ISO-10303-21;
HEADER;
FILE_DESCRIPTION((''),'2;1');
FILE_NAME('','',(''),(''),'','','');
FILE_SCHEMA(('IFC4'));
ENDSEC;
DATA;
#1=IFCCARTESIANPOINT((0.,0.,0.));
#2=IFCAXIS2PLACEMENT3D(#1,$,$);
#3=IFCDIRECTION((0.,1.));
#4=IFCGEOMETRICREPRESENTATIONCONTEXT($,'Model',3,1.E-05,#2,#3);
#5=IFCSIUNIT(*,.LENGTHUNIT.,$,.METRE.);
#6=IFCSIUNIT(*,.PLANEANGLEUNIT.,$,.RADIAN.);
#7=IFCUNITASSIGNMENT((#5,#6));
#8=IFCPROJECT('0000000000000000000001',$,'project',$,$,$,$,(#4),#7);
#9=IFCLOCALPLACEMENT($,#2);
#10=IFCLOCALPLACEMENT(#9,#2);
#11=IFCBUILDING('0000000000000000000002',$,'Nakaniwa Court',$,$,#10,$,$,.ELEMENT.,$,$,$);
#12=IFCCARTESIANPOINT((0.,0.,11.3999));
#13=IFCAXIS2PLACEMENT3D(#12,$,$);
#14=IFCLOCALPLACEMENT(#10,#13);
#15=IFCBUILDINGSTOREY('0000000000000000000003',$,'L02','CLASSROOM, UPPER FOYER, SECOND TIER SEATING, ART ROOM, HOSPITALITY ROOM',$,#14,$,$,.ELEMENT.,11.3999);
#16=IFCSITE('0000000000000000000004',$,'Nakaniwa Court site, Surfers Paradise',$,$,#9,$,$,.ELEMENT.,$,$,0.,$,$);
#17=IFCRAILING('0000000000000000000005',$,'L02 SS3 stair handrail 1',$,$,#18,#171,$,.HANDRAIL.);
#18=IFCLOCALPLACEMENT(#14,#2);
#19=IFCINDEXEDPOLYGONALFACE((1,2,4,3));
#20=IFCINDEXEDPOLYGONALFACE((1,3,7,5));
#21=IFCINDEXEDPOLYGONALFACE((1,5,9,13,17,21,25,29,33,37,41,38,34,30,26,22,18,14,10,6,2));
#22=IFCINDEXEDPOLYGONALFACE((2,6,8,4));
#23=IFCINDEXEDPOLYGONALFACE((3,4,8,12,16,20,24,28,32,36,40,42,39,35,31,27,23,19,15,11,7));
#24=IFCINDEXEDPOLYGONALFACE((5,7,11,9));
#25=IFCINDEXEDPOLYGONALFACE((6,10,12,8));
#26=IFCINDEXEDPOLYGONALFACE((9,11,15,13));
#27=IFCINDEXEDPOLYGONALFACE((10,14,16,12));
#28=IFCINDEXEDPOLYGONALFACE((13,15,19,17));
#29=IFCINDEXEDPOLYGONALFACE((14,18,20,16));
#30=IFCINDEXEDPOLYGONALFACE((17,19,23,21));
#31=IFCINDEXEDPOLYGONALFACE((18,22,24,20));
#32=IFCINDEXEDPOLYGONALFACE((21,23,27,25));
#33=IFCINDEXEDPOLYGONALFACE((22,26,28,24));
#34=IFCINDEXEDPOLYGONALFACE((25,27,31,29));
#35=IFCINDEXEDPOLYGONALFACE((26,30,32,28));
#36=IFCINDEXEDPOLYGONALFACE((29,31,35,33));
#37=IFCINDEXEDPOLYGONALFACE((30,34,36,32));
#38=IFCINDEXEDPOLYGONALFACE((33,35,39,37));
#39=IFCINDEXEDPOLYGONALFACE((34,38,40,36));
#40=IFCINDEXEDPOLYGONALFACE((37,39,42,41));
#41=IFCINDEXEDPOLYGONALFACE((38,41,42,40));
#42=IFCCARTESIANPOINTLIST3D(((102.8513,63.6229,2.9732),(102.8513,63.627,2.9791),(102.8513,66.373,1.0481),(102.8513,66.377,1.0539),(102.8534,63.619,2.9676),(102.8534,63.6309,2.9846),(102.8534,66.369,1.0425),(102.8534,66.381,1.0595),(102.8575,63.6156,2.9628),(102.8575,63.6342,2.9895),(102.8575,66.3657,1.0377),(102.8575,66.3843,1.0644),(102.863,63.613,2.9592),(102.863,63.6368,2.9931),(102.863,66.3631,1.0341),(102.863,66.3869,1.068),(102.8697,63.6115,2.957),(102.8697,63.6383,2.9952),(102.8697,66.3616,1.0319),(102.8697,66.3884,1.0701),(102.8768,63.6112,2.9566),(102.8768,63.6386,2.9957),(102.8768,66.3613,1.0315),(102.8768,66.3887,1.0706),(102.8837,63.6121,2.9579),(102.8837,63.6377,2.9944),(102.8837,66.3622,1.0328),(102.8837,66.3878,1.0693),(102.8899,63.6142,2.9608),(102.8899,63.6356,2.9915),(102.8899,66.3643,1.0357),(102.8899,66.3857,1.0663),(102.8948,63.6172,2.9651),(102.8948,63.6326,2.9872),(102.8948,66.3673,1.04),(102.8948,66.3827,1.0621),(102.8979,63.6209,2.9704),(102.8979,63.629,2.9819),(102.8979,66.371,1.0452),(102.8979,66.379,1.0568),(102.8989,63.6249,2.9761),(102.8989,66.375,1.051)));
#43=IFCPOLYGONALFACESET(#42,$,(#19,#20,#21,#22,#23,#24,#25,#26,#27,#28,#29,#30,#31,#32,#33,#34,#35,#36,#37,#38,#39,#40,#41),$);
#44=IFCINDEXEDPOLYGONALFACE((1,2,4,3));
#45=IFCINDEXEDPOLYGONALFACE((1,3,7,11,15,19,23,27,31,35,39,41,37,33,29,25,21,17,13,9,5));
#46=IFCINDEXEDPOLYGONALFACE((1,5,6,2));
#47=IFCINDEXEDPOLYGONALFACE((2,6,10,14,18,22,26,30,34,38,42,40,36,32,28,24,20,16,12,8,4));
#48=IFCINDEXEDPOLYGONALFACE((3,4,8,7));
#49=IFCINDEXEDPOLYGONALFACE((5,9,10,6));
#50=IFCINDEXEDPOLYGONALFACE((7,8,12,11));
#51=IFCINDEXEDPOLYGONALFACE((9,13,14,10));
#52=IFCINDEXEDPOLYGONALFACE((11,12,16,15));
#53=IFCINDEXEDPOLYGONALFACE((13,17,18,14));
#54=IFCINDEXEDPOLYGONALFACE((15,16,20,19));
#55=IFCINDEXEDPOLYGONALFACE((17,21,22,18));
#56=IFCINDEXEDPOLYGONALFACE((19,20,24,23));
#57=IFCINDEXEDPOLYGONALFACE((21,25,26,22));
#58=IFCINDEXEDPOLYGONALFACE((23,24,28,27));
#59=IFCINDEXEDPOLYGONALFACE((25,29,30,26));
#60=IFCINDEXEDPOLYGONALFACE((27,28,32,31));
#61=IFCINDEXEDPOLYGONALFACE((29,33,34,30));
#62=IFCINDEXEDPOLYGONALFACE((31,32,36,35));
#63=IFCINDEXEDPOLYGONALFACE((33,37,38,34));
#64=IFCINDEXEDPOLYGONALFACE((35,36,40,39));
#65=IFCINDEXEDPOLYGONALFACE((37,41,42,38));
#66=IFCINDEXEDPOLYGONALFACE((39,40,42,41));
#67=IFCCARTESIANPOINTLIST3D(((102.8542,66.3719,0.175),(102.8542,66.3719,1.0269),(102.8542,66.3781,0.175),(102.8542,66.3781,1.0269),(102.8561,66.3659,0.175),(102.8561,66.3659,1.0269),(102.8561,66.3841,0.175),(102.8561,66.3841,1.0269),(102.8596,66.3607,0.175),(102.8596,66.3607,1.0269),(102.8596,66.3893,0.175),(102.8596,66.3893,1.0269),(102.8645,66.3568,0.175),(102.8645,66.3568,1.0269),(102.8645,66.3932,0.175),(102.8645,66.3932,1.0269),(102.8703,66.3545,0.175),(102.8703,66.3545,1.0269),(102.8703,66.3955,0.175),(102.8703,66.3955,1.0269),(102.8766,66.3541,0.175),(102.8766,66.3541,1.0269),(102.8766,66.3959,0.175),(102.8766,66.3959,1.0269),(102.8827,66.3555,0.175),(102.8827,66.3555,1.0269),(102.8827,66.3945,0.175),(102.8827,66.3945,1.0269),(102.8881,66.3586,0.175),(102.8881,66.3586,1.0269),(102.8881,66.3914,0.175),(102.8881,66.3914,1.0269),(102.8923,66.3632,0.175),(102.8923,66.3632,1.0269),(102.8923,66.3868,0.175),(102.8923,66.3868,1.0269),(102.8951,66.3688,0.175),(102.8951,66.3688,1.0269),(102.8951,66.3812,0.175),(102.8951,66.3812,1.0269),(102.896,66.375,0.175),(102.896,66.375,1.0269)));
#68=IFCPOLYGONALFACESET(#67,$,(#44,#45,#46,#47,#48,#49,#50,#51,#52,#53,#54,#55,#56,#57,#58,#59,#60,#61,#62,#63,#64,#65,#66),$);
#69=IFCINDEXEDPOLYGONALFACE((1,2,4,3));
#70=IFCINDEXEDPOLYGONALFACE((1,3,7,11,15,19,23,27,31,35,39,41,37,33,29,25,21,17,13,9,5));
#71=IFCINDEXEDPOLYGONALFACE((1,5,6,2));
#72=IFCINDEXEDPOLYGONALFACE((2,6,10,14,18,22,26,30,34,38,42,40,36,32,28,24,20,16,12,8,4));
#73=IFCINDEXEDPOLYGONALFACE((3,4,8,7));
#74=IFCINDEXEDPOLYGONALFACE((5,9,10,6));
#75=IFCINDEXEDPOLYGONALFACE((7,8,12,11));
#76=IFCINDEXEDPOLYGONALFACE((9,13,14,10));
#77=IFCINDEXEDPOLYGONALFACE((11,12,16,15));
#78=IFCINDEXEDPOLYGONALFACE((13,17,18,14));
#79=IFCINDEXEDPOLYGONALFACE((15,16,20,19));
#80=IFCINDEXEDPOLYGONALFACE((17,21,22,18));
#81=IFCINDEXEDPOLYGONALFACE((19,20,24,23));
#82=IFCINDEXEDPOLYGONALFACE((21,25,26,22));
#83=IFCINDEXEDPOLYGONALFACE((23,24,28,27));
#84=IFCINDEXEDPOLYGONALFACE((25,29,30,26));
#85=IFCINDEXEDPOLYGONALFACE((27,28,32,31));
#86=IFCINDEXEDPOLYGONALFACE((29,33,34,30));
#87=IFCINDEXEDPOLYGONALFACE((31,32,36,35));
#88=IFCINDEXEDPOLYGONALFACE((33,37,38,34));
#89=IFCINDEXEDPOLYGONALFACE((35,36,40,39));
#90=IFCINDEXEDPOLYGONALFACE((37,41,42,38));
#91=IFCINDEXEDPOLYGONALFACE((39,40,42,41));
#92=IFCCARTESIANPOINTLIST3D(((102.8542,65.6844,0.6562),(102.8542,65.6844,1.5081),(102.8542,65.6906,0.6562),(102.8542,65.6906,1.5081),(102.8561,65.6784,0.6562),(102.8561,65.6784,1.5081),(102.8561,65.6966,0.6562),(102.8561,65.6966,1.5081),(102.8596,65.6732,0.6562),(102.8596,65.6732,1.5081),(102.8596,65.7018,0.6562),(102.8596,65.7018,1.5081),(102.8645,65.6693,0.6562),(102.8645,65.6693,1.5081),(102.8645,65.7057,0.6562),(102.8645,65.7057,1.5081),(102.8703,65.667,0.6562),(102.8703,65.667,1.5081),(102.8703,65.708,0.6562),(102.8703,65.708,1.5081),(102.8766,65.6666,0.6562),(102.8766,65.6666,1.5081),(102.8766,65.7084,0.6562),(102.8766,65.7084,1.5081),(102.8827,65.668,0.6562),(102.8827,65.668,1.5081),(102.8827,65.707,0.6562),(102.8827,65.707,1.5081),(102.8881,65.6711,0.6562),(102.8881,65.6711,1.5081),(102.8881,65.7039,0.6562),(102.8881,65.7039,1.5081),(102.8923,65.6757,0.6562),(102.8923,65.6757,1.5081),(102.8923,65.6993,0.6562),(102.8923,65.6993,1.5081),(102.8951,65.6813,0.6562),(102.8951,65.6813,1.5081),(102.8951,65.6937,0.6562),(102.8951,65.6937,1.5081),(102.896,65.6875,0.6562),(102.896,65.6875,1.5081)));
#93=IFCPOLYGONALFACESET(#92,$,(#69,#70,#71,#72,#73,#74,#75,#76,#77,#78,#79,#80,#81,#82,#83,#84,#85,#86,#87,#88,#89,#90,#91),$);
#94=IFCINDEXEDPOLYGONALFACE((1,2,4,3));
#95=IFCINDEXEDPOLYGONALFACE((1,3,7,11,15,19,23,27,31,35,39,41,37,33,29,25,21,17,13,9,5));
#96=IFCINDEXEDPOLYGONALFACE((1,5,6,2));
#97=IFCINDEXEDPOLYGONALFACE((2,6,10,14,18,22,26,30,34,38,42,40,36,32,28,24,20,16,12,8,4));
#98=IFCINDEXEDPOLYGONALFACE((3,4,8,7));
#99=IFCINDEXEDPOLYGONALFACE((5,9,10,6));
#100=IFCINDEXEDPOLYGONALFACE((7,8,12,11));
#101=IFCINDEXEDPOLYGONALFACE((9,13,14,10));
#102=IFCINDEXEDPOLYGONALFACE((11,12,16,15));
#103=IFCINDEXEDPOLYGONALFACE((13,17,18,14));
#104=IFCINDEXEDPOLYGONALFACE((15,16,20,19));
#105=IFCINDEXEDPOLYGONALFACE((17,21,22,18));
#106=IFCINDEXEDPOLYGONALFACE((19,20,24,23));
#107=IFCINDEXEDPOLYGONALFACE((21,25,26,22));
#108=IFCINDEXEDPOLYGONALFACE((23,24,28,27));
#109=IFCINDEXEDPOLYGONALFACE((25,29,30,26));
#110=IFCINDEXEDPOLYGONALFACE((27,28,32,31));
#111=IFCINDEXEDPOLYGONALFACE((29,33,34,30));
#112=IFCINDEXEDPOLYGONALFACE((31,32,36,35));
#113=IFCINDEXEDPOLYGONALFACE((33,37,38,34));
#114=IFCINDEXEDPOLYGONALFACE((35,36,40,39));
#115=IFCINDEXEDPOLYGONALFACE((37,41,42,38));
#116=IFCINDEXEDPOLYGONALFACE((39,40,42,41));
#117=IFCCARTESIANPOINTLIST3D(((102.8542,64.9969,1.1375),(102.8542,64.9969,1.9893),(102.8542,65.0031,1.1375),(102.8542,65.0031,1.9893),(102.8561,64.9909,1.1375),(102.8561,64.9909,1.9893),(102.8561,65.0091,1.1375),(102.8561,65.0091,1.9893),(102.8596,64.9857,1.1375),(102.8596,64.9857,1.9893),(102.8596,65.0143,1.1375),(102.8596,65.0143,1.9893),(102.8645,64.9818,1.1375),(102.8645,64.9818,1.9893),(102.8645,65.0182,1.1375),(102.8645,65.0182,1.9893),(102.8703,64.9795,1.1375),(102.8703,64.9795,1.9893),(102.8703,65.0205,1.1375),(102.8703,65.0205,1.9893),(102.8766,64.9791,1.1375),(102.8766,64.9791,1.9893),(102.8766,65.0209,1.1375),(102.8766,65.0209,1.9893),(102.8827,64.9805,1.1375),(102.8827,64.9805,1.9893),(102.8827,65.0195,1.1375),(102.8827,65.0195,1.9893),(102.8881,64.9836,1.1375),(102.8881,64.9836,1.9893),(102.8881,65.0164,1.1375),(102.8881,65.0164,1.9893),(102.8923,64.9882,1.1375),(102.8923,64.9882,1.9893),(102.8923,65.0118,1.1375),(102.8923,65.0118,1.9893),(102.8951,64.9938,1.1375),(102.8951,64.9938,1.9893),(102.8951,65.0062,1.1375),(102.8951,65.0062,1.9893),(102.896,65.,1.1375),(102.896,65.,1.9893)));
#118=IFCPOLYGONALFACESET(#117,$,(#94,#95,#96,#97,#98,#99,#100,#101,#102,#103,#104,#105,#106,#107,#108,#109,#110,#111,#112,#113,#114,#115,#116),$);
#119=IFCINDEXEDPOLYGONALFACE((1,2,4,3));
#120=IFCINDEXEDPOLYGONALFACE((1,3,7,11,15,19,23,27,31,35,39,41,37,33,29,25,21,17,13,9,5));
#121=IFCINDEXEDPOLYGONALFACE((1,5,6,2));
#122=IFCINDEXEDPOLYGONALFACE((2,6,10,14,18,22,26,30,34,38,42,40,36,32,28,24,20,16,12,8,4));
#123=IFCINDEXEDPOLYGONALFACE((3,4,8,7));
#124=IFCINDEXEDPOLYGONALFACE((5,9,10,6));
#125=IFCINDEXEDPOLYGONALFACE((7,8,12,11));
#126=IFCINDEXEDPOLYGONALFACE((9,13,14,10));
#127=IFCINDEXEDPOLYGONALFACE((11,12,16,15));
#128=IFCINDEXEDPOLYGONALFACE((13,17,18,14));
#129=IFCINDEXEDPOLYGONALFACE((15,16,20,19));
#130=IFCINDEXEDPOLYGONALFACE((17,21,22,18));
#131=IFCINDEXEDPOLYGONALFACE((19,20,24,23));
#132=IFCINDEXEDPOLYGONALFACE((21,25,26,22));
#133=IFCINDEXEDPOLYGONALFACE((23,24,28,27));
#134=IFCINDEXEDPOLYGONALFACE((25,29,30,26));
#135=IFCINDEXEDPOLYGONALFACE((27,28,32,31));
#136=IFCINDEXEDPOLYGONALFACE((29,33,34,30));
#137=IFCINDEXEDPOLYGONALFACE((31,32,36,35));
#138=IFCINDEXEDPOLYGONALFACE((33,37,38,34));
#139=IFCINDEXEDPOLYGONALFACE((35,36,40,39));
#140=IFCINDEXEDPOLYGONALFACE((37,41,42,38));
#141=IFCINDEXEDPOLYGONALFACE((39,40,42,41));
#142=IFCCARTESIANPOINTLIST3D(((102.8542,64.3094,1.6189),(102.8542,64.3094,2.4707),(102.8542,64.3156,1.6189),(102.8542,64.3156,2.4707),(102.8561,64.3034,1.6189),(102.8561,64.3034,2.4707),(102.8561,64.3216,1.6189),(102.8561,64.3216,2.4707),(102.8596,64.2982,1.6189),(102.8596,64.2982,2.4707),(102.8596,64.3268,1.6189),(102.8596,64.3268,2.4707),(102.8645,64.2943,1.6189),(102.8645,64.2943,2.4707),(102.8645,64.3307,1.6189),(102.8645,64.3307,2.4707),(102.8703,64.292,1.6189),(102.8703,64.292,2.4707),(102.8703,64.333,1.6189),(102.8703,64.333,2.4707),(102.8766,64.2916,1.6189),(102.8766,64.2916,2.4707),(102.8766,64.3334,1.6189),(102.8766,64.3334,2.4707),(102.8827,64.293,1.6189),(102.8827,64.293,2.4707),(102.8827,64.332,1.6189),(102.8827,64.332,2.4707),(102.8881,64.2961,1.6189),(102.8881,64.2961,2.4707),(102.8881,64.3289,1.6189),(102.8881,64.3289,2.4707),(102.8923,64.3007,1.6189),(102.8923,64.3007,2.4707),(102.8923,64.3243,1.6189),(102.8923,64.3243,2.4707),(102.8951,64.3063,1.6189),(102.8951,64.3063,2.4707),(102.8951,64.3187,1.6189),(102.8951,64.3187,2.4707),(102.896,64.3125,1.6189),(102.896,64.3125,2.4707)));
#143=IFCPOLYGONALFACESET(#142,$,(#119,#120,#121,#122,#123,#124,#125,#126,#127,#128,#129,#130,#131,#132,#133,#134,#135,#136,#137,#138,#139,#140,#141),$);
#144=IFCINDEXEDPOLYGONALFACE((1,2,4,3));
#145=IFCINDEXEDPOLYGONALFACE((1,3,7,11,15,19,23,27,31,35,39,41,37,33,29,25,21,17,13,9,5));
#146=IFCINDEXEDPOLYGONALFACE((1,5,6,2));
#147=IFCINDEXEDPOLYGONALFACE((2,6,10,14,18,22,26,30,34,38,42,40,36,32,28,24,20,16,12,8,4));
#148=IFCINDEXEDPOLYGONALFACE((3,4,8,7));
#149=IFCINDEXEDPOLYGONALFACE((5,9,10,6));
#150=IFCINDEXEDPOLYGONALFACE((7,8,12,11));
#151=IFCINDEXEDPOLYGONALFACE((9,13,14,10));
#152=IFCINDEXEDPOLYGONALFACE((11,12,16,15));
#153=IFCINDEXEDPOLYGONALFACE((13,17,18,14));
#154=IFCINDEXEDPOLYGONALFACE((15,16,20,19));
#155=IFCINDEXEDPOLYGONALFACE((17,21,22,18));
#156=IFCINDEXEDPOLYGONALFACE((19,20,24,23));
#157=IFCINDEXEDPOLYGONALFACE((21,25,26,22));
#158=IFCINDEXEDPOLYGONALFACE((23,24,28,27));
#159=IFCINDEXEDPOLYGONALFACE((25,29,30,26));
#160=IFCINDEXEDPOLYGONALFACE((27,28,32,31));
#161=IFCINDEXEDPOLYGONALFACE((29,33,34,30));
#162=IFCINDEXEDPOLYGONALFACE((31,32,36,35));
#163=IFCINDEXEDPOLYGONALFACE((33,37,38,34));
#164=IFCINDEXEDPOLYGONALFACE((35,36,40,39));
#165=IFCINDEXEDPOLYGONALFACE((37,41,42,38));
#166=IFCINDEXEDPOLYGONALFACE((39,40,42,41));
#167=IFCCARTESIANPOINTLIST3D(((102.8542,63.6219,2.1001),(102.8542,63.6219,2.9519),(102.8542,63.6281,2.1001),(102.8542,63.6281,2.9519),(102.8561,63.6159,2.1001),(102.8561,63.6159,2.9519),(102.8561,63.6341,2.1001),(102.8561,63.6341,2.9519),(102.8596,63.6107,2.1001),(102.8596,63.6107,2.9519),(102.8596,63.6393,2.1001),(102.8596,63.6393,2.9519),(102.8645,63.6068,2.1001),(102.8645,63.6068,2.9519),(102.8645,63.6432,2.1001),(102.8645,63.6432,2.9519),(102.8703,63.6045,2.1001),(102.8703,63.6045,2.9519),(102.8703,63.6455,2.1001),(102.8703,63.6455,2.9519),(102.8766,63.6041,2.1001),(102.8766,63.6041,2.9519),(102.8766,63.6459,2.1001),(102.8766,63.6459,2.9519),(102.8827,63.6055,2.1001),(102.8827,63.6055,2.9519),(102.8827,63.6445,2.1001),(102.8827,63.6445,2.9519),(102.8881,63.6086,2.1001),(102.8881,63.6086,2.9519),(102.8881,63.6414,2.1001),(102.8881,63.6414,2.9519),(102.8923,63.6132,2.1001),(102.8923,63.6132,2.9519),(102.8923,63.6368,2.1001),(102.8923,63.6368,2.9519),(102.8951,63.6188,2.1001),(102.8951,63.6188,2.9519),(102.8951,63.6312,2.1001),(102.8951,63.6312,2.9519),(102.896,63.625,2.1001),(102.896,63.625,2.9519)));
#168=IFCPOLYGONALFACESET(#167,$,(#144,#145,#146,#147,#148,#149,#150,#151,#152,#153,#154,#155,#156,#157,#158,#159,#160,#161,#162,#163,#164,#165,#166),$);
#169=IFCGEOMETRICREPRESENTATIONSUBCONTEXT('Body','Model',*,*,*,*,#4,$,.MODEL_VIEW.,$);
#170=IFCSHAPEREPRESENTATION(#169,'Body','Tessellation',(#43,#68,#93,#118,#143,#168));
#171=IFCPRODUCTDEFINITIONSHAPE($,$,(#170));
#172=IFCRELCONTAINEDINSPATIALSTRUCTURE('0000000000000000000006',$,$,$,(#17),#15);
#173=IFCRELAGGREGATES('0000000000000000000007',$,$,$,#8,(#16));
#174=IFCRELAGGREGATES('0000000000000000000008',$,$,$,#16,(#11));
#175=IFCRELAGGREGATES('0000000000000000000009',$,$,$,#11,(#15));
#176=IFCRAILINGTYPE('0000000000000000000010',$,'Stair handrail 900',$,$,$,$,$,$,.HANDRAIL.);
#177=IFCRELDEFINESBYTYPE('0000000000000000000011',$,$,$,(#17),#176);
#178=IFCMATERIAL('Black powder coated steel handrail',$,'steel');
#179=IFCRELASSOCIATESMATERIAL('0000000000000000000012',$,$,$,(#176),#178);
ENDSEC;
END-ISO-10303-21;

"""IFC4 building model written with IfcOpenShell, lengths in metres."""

from ifc_helpers import new_model, si_unit, direction, frame, origin, origin_2d, place, context, subcontext, project, spatial, circle, extrude, material, type_object, element, save


model = new_model("IFC4")

# Units and contexts
model_context = context("Model", 3, precision=1e-05, world=origin(), true_north=direction((0.0, 1.0)))
body_context = subcontext(model_context, "Body", "Model", "MODEL_VIEW")
ifc_project = project(units=[si_unit("LENGTHUNIT", "METRE"), si_unit("PLANEANGLEUNIT", "RADIAN")], contexts=[model_context])

# Site, building, storey
site_placement = place(None, origin())
site = spatial("IfcSite", under=ifc_project, at=site_placement, Name="Nakaniwa Court site, Surfers Paradise", CompositionType="ELEMENT", RefElevation=0.0)
building_placement = place(site_placement, origin())
building = spatial("IfcBuilding", under=site, at=building_placement, Name="Nakaniwa Court", CompositionType="ELEMENT")
storey_placement = place(building_placement, frame((0.0, 0.0, 11.3999)))
storey = spatial("IfcBuildingStorey", under=building, at=storey_placement, Name="L02", Description="CLASSROOM, UPPER FOYER, SECOND TIER SEATING, ART ROOM, HOSPITALITY ROOM", CompositionType="ELEMENT", Elevation=11.3999)

# Railing
ifc_material_1 = material(Name="Black powder coated steel handrail", Category="steel")
railing_type = type_object("IfcRailingType", Name="Stair handrail 900", PredefinedType="HANDRAIL", material=ifc_material_1)
railing_placement = place(storey_placement, frame((102.875, 66.375, 0.175)))
element("IfcRailing", 1, at=railing_placement, inside=storey, type_object=railing_type, Name="L02 SS3 stair handrail 1", PredefinedType="HANDRAIL", context=body_context, shape_type="SweptSolid", body=[
    extrude(circle(Radius=0.0239, at=origin_2d()), frame((0.0, 0.0, 0.876), z_axis=(0.0, -0.819225, 0.573472), x_axis=(1.0, 0.0, 0.0)), (0.0, 0.0, 1.0), 3.3569),
    extrude(circle(Radius=0.021, at=origin_2d()), origin(), (0.0, 0.0, 1.0), 0.8518),
    extrude(circle(Radius=0.021, at=origin_2d()), frame((0.0, -0.6875, 0.4812)), (0.0, 0.0, 1.0), 0.8518),
    extrude(circle(Radius=0.021, at=origin_2d()), frame((0.0, -1.375, 0.9624)), (0.0, 0.0, 1.0), 0.8518),
    extrude(circle(Radius=0.021, at=origin_2d()), frame((0.0, -2.0625, 1.4438)), (0.0, 0.0, 1.0), 0.8518),
    extrude(circle(Radius=0.021, at=origin_2d()), frame((0.0, -2.75, 1.925)), (0.0, 0.0, 1.0), 0.8518),
])

save(model, "model.ifc")
